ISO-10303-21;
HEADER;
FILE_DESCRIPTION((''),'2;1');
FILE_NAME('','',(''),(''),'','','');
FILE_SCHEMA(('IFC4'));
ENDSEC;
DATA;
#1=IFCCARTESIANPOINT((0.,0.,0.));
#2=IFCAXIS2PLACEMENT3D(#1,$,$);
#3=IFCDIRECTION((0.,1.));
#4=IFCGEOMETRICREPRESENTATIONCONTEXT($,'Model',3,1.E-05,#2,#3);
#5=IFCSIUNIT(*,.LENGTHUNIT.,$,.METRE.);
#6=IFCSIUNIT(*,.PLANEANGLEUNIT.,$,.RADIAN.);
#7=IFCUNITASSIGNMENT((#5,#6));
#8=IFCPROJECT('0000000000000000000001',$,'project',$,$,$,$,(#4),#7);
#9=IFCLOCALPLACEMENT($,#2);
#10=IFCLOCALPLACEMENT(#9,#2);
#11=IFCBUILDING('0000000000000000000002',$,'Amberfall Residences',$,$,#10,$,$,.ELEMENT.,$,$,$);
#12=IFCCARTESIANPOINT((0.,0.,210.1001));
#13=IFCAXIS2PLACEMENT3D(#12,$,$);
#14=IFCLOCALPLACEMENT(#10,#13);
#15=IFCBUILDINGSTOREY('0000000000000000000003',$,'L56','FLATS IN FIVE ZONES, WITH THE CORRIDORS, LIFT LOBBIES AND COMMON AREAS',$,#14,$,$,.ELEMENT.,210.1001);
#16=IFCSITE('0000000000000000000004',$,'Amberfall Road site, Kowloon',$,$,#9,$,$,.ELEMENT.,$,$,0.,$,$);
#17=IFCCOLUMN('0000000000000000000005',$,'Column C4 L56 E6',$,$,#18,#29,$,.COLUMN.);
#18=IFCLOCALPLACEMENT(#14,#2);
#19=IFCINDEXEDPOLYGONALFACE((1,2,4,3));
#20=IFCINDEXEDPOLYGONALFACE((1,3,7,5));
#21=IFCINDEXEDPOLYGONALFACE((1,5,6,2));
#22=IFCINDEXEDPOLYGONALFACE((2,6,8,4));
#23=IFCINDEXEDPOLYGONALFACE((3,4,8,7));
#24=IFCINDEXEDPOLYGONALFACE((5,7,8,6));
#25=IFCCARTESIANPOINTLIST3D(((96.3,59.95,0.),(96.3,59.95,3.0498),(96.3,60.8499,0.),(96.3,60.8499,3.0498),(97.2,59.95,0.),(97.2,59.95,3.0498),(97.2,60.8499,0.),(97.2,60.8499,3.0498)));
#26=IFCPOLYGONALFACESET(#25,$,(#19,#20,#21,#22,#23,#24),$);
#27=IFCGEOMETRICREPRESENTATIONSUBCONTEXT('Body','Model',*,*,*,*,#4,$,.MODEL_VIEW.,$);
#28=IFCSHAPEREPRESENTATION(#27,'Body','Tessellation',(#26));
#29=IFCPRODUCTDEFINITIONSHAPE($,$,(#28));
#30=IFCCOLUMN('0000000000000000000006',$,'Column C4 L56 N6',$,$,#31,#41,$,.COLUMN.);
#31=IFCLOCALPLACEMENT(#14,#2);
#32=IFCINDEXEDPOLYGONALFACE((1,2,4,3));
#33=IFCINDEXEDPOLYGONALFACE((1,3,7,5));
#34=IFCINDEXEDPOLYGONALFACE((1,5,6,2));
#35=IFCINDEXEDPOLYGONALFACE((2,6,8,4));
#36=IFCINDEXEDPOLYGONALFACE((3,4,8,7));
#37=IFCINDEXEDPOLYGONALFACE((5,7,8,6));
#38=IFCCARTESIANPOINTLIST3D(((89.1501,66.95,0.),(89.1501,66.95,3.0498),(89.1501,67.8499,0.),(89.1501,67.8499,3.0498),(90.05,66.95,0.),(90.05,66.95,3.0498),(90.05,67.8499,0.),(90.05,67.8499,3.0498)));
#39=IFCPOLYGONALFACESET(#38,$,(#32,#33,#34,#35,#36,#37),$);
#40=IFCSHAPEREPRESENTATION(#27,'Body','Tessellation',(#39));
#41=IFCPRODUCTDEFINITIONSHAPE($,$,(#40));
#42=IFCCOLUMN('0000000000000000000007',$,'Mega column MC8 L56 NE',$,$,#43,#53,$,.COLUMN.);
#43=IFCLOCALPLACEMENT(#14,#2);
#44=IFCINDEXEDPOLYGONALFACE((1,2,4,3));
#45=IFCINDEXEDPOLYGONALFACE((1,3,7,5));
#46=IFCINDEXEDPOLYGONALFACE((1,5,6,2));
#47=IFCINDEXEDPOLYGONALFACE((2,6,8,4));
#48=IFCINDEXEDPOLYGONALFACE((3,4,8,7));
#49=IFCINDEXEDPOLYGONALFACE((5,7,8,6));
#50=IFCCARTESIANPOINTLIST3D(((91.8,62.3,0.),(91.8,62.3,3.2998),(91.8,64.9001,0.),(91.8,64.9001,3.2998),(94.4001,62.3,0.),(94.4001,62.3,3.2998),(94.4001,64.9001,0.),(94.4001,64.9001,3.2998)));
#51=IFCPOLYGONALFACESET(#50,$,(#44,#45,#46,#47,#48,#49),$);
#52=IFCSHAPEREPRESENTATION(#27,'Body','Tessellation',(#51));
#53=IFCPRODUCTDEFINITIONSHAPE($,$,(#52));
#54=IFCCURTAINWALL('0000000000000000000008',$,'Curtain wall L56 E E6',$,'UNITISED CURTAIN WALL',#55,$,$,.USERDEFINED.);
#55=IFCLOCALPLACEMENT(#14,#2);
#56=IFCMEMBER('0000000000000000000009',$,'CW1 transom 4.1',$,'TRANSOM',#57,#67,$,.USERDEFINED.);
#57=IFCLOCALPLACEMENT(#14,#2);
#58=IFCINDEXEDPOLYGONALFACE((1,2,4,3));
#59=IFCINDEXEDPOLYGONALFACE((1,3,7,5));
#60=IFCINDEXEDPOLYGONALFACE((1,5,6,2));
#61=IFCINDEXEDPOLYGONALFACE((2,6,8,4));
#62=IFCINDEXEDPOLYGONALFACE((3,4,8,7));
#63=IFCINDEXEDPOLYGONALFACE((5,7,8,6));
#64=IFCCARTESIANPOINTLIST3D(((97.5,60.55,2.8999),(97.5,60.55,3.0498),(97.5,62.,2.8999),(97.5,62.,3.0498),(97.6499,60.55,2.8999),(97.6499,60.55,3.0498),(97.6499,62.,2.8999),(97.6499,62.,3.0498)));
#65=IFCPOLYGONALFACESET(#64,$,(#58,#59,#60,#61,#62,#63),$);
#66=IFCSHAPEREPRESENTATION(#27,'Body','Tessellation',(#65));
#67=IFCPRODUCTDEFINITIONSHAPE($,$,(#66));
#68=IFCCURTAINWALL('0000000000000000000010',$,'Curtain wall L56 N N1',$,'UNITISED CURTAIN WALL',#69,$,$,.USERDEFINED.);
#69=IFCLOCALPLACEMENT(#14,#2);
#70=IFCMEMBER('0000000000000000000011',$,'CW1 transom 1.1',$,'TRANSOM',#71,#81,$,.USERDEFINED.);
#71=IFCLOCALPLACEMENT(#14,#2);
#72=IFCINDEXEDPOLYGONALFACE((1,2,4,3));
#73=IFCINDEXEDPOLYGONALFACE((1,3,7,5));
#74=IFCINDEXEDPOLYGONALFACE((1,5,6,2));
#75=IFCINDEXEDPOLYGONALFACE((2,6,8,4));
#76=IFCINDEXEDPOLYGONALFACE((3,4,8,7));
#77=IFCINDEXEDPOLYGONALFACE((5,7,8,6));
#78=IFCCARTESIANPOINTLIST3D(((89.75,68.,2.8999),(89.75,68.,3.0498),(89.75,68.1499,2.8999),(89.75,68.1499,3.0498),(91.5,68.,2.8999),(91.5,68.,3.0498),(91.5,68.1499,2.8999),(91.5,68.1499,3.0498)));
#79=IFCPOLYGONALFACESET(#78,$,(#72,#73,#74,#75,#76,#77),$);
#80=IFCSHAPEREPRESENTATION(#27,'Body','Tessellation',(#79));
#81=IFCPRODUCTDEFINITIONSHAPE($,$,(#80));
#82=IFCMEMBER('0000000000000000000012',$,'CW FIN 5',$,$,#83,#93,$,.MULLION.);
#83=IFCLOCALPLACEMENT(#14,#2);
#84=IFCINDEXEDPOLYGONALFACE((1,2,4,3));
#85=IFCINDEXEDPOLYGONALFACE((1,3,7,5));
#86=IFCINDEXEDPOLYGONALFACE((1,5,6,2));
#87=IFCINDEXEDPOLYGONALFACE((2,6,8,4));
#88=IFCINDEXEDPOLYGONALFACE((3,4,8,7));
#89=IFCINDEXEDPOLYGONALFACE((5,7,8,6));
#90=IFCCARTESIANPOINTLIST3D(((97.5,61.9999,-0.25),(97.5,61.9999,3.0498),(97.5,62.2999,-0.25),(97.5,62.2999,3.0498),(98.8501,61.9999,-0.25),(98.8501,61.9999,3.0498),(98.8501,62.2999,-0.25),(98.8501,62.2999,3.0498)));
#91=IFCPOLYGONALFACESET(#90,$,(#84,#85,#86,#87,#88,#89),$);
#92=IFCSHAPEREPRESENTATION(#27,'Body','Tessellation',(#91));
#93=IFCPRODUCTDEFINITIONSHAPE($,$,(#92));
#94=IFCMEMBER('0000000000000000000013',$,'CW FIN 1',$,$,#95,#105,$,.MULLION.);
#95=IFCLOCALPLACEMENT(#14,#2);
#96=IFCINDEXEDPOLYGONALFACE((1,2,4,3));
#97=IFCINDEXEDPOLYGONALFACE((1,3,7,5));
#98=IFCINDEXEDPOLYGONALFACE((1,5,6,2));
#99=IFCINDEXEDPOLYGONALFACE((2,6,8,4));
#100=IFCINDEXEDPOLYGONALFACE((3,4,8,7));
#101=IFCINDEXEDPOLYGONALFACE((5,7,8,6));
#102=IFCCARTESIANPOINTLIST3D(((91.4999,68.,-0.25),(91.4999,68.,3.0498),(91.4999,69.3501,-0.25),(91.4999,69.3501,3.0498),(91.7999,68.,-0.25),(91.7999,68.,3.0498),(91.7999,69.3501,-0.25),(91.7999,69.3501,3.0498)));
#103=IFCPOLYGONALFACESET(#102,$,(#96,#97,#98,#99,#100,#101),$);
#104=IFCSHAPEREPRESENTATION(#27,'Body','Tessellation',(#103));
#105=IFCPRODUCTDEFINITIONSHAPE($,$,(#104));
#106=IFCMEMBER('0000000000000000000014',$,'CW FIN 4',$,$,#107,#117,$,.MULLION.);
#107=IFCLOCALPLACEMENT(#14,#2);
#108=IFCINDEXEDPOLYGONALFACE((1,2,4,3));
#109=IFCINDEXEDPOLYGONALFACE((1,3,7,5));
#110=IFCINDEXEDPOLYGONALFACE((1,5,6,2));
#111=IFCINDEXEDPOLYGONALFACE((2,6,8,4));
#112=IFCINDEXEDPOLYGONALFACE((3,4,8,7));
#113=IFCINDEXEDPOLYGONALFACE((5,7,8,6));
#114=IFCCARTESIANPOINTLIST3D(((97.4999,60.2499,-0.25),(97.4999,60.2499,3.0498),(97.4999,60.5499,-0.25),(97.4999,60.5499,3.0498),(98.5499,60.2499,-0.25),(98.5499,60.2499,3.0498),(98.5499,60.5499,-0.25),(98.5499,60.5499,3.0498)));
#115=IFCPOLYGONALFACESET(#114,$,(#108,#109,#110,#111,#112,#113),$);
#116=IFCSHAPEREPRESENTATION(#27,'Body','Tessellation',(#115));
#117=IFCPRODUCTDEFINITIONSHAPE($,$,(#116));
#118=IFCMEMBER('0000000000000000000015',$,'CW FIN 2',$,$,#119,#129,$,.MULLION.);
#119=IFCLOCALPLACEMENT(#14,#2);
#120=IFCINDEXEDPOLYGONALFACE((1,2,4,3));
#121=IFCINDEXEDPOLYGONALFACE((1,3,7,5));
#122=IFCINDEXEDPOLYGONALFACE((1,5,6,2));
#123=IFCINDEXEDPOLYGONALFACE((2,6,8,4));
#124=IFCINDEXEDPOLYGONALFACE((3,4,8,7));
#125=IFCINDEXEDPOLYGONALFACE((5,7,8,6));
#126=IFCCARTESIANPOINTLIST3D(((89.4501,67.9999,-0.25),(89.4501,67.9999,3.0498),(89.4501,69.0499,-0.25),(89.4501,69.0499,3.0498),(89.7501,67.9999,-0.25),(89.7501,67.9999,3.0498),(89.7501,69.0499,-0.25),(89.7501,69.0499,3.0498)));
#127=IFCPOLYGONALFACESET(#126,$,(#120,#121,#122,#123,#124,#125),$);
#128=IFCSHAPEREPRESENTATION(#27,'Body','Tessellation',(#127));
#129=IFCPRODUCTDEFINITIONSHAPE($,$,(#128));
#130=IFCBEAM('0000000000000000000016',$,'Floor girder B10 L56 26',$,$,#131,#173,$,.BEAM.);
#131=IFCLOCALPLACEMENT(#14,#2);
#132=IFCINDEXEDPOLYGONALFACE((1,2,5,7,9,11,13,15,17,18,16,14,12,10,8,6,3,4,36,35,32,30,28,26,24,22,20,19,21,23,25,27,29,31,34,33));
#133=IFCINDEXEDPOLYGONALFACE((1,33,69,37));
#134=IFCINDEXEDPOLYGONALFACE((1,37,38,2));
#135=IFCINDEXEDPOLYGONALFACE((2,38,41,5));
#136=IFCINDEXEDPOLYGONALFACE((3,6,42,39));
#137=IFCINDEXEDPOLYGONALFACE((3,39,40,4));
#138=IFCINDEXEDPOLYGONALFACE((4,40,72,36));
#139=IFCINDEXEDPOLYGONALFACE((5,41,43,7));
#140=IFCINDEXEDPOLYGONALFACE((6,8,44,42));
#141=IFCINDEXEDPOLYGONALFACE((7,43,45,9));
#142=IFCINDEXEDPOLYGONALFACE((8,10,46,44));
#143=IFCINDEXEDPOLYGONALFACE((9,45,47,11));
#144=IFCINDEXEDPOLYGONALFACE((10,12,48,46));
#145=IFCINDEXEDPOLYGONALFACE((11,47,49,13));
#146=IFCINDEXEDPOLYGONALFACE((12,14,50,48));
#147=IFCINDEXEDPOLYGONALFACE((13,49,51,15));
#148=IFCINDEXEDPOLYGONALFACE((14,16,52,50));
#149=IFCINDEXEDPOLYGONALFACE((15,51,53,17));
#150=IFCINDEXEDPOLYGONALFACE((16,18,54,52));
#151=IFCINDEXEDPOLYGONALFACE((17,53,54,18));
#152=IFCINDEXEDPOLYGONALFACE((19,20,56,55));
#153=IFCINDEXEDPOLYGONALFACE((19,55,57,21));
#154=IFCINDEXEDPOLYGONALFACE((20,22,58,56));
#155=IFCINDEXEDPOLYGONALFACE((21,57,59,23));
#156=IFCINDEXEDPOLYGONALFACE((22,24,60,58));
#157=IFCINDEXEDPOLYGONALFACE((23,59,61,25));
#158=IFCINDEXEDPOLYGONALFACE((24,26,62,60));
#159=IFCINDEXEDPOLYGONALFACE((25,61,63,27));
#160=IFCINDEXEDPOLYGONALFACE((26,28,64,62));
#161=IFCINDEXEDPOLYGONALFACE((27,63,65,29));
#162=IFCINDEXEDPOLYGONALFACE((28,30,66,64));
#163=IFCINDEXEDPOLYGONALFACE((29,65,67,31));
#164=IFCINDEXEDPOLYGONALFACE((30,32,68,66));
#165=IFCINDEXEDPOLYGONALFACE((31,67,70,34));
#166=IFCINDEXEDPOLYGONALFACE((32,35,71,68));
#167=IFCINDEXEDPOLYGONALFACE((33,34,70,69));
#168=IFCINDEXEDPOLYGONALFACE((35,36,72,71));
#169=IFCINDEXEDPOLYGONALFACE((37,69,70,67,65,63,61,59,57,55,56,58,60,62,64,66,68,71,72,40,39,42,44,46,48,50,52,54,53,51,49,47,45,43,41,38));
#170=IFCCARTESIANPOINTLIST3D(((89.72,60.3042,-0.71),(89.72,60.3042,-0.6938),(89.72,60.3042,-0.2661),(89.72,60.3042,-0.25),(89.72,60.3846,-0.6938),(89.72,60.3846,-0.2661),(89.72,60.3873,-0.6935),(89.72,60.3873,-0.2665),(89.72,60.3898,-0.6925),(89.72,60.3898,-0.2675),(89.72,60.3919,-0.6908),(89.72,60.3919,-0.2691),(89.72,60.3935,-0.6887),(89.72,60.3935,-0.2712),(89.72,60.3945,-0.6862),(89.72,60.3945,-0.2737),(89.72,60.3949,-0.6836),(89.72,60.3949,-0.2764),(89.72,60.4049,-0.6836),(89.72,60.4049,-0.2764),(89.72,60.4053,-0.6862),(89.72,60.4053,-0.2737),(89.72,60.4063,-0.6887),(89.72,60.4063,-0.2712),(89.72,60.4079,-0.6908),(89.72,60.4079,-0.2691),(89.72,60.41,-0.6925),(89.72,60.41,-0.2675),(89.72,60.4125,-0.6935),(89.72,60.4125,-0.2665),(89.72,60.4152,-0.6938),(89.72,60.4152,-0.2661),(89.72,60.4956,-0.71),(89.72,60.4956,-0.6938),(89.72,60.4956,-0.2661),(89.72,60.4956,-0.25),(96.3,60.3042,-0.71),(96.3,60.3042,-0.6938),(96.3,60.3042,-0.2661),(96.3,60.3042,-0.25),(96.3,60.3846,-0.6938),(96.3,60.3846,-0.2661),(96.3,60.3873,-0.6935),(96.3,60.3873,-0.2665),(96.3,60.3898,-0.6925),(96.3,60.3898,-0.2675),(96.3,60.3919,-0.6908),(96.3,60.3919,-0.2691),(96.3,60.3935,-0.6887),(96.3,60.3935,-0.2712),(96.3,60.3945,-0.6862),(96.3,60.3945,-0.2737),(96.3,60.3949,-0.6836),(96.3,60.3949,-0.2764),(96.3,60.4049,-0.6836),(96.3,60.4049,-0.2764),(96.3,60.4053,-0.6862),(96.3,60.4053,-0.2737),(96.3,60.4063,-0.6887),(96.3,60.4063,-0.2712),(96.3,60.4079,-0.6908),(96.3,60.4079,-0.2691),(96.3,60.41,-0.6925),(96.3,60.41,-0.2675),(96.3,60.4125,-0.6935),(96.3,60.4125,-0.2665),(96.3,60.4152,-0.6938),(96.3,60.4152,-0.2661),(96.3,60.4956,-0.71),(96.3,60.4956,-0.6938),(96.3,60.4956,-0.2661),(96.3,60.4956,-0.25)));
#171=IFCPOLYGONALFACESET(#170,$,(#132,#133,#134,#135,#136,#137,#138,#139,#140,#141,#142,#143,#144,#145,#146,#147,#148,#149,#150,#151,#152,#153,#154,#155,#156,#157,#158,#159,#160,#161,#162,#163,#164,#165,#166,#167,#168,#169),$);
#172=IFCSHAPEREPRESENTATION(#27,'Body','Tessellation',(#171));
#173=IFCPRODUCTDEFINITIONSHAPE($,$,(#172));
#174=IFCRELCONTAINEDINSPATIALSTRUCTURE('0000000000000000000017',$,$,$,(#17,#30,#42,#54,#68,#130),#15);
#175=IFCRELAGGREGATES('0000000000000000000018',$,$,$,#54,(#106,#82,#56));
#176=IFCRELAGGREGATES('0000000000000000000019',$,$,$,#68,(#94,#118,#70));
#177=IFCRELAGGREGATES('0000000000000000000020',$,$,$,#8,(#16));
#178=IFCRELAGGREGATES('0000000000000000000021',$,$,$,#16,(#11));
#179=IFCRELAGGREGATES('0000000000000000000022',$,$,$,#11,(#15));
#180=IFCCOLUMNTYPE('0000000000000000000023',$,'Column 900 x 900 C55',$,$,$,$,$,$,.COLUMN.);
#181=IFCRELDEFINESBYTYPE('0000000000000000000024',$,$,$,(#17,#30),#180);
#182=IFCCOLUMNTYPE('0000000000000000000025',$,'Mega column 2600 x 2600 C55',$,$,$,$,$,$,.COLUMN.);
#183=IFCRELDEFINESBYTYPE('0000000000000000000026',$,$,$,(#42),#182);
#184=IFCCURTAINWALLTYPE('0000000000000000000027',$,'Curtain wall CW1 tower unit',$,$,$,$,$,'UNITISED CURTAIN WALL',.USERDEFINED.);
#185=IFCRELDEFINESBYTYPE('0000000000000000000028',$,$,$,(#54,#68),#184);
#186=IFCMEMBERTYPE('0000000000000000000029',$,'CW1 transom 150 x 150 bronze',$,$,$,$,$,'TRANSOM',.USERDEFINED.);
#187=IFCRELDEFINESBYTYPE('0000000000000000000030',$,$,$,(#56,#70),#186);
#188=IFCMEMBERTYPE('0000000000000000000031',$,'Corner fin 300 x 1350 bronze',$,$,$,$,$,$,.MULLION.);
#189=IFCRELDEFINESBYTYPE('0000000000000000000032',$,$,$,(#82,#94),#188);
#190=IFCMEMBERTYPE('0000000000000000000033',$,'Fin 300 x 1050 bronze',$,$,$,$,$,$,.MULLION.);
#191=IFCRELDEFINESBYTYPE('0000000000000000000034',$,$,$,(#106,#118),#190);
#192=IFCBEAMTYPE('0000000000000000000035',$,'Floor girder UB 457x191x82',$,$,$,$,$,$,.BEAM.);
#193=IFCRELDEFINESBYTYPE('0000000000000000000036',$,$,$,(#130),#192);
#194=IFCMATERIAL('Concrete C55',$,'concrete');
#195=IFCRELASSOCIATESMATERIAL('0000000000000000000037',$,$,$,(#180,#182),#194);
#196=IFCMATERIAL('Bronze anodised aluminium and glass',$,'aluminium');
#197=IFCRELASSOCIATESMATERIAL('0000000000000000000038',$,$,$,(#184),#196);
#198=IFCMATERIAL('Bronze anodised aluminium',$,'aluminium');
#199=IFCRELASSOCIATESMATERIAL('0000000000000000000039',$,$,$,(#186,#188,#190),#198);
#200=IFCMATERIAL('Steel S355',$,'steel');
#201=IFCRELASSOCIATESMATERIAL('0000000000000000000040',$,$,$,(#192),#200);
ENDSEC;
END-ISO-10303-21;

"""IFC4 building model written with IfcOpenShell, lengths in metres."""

from ifc_helpers import new_model, si_unit, direction, frame, origin, origin_2d, place, context, subcontext, project, spatial, rectangle, i_section, extrude, material, material_profile, profile_set, type_object, element, aggregate, save


model = new_model("IFC4")

# Units and contexts
model_context = context("Model", 3, precision=1e-05, world=origin(), true_north=direction((0.0, 1.0)))
body_context = subcontext(model_context, "Body", "Model", "MODEL_VIEW")
ifc_project = project(units=[si_unit("LENGTHUNIT", "METRE"), si_unit("PLANEANGLEUNIT", "RADIAN")], contexts=[model_context])

# Site, building, storey
site_placement = place(None, origin())
site = spatial("IfcSite", under=ifc_project, at=site_placement, Name="Amberfall Road site, Kowloon", CompositionType="ELEMENT", RefElevation=0.0)
building_placement = place(site_placement, origin())
building = spatial("IfcBuilding", under=site, at=building_placement, Name="Amberfall Residences", CompositionType="ELEMENT")
storey_placement = place(building_placement, frame((0.0, 0.0, 210.1001)))
storey = spatial("IfcBuildingStorey", under=building, at=storey_placement, Name="L56", Description="FLATS IN FIVE ZONES, WITH THE CORRIDORS, LIFT LOBBIES AND COMMON AREAS", CompositionType="ELEMENT", Elevation=210.1001)

# Columns
ifc_material_1 = material(Name="Concrete C55", Category="concrete")
ifc_material_profile_1 = material_profile(ifc_material_1, rectangle(XDim=0.8999, YDim=0.8999, at=origin_2d()), Name="Column 900 x 900 C55")
ifc_profile_set_1 = profile_set([ifc_material_profile_1], Name="Concrete C55")
column_type_1 = type_object("IfcColumnType", Name="Column 900 x 900 C55", PredefinedType="COLUMN", material=ifc_profile_set_1)
for number, where, z_axis, x_axis, name in (
    (1, (96.75, 60.3999, 0.0), (0.0, 0.0, 1.0), (1.0, 0.0, 0.0), "Column C4 L56 E6"),
    (2, (89.6001, 67.3999, 0.0), (0.0, 0.0, 1.0), (1.0, 0.0, 0.0), "Column C4 L56 N6"),
):
    element("IfcColumn", number, at=place(storey_placement, frame(where, z_axis=z_axis, x_axis=x_axis)), inside=storey, type_object=column_type_1, Name=name, PredefinedType="COLUMN", context=body_context, shape_type="SweptSolid", body=[
        extrude(rectangle(XDim=0.8999, YDim=0.8999, at=origin_2d()), origin(), (0.0, 0.0, 1.0), 3.0498),
    ])
ifc_material_profile_2 = material_profile(ifc_material_1, rectangle(XDim=2.6001, YDim=2.6001, at=origin_2d()), Name="Mega column 2600 x 2600 C55")
ifc_profile_set_2 = profile_set([ifc_material_profile_2], Name="Concrete C55")
column_type_2 = type_object("IfcColumnType", Name="Mega column 2600 x 2600 C55", PredefinedType="COLUMN", material=ifc_profile_set_2)
column_placement = place(storey_placement, frame((93.1001, 63.6001, 0.0), z_axis=(0.0, 0.0, 1.0), x_axis=(1.0, 0.0, 0.0)))
element("IfcColumn", 3, at=column_placement, inside=storey, type_object=column_type_2, Name="Mega column MC8 L56 NE", PredefinedType="COLUMN", context=body_context, shape_type="SweptSolid", body=[
    extrude(rectangle(XDim=2.6001, YDim=2.6001, at=origin_2d()), origin(), (0.0, 0.0, 1.0), 3.2998),
])

# Curtain walls, members
ifc_material_2 = material(Name="Bronze anodised aluminium and glass", Category="aluminium")
curtain_wall_type = type_object("IfcCurtainWallType", Name="Curtain wall CW1 tower unit", ElementType="UNITISED CURTAIN WALL", PredefinedType="USERDEFINED", material=ifc_material_2)
curtain_wall_1_placement = place(storey_placement, origin())
curtain_wall_1 = element("IfcCurtainWall", 4, at=curtain_wall_1_placement, inside=storey, type_object=curtain_wall_type, Name="Curtain wall L56 E E6", ObjectType="UNITISED CURTAIN WALL", PredefinedType="USERDEFINED")
ifc_material_3 = material(Name="Bronze anodised aluminium", Category="aluminium")
ifc_material_profile_3 = material_profile(ifc_material_3, rectangle(XDim=0.1499, YDim=0.1499, at=origin_2d()), Name="CW1 transom 150 x 150 bronze")
ifc_profile_set_3 = profile_set([ifc_material_profile_3], Name="Bronze anodised aluminium")
member_type_1 = type_object("IfcMemberType", Name="CW1 transom 150 x 150 bronze", ElementType="TRANSOM", PredefinedType="USERDEFINED", material=ifc_profile_set_3)
member_1_placement = place(storey_placement, frame((97.575, 60.55, 2.9749), z_axis=(0.0, 1.0, 0.0), x_axis=(-1.0, 0.0, 0.0)))
member_1 = element("IfcMember", 5, at=member_1_placement, type_object=member_type_1, Name="CW1 transom 4.1", ObjectType="TRANSOM", PredefinedType="USERDEFINED", context=body_context, shape_type="SweptSolid", body=[
    extrude(rectangle(XDim=0.1499, YDim=0.1499, at=origin_2d()), origin(), (0.0, 0.0, 1.0), 1.45),
])
curtain_wall_2_placement = place(storey_placement, origin())
curtain_wall_2 = element("IfcCurtainWall", 6, at=curtain_wall_2_placement, inside=storey, type_object=curtain_wall_type, Name="Curtain wall L56 N N1", ObjectType="UNITISED CURTAIN WALL", PredefinedType="USERDEFINED")
member_2_placement = place(storey_placement, frame((91.5, 68.075, 2.9749), z_axis=(-1.0, 0.0, 0.0), x_axis=(0.0, -1.0, 0.0)))
member_2 = element("IfcMember", 7, at=member_2_placement, type_object=member_type_1, Name="CW1 transom 1.1", ObjectType="TRANSOM", PredefinedType="USERDEFINED", context=body_context, shape_type="SweptSolid", body=[
    extrude(rectangle(XDim=0.1499, YDim=0.1499, at=origin_2d()), origin(), (0.0, 0.0, 1.0), 1.75),
])

# Members
ifc_material_profile_4 = material_profile(ifc_material_3, rectangle(XDim=1.3501, YDim=0.3, at=origin_2d()), Name="Corner fin 300 x 1350 bronze")
ifc_profile_set_4 = profile_set([ifc_material_profile_4], Name="Bronze anodised aluminium")
member_type_2 = type_object("IfcMemberType", Name="Corner fin 300 x 1350 bronze", PredefinedType="MULLION", material=ifc_profile_set_4)
member_3_placement = place(storey_placement, frame((98.175, 62.1499, -0.25), z_axis=(0.0, 0.0, 1.0), x_axis=(-1.0, 0.0, 0.0)))
member_3 = element("IfcMember", 8, at=member_3_placement, type_object=member_type_2, Name="CW FIN 5", PredefinedType="MULLION", context=body_context, shape_type="SweptSolid", body=[
    extrude(rectangle(XDim=1.3501, YDim=0.3, at=origin_2d()), origin(), (0.0, 0.0, 1.0), 3.2998),
])
member_4_placement = place(storey_placement, frame((91.6499, 68.675, -0.25), z_axis=(0.0, 0.0, 1.0), x_axis=(0.0, -1.0, 0.0)))
member_4 = element("IfcMember", 9, at=member_4_placement, type_object=member_type_2, Name="CW FIN 1", PredefinedType="MULLION", context=body_context, shape_type="SweptSolid", body=[
    extrude(rectangle(XDim=1.3501, YDim=0.3, at=origin_2d()), origin(), (0.0, 0.0, 1.0), 3.2998),
])
ifc_material_profile_5 = material_profile(ifc_material_3, rectangle(XDim=1.05, YDim=0.3, at=origin_2d()), Name="Fin 300 x 1050 bronze")
ifc_profile_set_5 = profile_set([ifc_material_profile_5], Name="Bronze anodised aluminium")
member_type_3 = type_object("IfcMemberType", Name="Fin 300 x 1050 bronze", PredefinedType="MULLION", material=ifc_profile_set_5)
member_5_placement = place(storey_placement, frame((98.0249, 60.3999, -0.25), z_axis=(0.0, 0.0, 1.0), x_axis=(-1.0, 0.0, 0.0)))
member_5 = element("IfcMember", 10, at=member_5_placement, type_object=member_type_3, Name="CW FIN 4", PredefinedType="MULLION", context=body_context, shape_type="SweptSolid", body=[
    extrude(rectangle(XDim=1.05, YDim=0.3, at=origin_2d()), origin(), (0.0, 0.0, 1.0), 3.2998),
])
member_6_placement = place(storey_placement, frame((89.6001, 68.5249, -0.25), z_axis=(0.0, 0.0, 1.0), x_axis=(0.0, -1.0, 0.0)))
member_6 = element("IfcMember", 11, at=member_6_placement, type_object=member_type_3, Name="CW FIN 2", PredefinedType="MULLION", context=body_context, shape_type="SweptSolid", body=[
    extrude(rectangle(XDim=1.05, YDim=0.3, at=origin_2d()), origin(), (0.0, 0.0, 1.0), 3.2998),
])

# Beam
ifc_material_4 = material(Name="Steel S355", Category="steel")
ifc_material_profile_6 = material_profile(ifc_material_4, i_section(OverallWidth=0.1914, OverallDepth=0.46, WebThickness=0.01, FlangeThickness=0.0161, FilletRadius=0.0103, at=origin_2d()), Name="UB 457x191x82")
ifc_profile_set_6 = profile_set([ifc_material_profile_6], Name="Steel S355")
beam_type_1 = type_object("IfcBeamType", Name="Floor girder UB 457x191x82", PredefinedType="BEAM", material=ifc_profile_set_6)
beam_1_placement = place(storey_placement, frame((96.3, 60.3999, -0.48), z_axis=(-1.0, 0.0, 0.0), x_axis=(0.0, -1.0, 0.0)))
element("IfcBeam", 12, at=beam_1_placement, inside=storey, type_object=beam_type_1, Name="Floor girder B10 L56 26", PredefinedType="BEAM", context=body_context, shape_type="SweptSolid", body=[
    extrude(i_section(OverallWidth=0.1914, OverallDepth=0.46, WebThickness=0.01, FlangeThickness=0.0161, FilletRadius=0.0103, at=origin_2d()), origin(), (0.0, 0.0, 1.0), 6.5801),
])

aggregate(curtain_wall_1, [member_5, member_3, member_1])
aggregate(curtain_wall_2, [member_4, member_6, member_2])

save(model, "model.ifc")
